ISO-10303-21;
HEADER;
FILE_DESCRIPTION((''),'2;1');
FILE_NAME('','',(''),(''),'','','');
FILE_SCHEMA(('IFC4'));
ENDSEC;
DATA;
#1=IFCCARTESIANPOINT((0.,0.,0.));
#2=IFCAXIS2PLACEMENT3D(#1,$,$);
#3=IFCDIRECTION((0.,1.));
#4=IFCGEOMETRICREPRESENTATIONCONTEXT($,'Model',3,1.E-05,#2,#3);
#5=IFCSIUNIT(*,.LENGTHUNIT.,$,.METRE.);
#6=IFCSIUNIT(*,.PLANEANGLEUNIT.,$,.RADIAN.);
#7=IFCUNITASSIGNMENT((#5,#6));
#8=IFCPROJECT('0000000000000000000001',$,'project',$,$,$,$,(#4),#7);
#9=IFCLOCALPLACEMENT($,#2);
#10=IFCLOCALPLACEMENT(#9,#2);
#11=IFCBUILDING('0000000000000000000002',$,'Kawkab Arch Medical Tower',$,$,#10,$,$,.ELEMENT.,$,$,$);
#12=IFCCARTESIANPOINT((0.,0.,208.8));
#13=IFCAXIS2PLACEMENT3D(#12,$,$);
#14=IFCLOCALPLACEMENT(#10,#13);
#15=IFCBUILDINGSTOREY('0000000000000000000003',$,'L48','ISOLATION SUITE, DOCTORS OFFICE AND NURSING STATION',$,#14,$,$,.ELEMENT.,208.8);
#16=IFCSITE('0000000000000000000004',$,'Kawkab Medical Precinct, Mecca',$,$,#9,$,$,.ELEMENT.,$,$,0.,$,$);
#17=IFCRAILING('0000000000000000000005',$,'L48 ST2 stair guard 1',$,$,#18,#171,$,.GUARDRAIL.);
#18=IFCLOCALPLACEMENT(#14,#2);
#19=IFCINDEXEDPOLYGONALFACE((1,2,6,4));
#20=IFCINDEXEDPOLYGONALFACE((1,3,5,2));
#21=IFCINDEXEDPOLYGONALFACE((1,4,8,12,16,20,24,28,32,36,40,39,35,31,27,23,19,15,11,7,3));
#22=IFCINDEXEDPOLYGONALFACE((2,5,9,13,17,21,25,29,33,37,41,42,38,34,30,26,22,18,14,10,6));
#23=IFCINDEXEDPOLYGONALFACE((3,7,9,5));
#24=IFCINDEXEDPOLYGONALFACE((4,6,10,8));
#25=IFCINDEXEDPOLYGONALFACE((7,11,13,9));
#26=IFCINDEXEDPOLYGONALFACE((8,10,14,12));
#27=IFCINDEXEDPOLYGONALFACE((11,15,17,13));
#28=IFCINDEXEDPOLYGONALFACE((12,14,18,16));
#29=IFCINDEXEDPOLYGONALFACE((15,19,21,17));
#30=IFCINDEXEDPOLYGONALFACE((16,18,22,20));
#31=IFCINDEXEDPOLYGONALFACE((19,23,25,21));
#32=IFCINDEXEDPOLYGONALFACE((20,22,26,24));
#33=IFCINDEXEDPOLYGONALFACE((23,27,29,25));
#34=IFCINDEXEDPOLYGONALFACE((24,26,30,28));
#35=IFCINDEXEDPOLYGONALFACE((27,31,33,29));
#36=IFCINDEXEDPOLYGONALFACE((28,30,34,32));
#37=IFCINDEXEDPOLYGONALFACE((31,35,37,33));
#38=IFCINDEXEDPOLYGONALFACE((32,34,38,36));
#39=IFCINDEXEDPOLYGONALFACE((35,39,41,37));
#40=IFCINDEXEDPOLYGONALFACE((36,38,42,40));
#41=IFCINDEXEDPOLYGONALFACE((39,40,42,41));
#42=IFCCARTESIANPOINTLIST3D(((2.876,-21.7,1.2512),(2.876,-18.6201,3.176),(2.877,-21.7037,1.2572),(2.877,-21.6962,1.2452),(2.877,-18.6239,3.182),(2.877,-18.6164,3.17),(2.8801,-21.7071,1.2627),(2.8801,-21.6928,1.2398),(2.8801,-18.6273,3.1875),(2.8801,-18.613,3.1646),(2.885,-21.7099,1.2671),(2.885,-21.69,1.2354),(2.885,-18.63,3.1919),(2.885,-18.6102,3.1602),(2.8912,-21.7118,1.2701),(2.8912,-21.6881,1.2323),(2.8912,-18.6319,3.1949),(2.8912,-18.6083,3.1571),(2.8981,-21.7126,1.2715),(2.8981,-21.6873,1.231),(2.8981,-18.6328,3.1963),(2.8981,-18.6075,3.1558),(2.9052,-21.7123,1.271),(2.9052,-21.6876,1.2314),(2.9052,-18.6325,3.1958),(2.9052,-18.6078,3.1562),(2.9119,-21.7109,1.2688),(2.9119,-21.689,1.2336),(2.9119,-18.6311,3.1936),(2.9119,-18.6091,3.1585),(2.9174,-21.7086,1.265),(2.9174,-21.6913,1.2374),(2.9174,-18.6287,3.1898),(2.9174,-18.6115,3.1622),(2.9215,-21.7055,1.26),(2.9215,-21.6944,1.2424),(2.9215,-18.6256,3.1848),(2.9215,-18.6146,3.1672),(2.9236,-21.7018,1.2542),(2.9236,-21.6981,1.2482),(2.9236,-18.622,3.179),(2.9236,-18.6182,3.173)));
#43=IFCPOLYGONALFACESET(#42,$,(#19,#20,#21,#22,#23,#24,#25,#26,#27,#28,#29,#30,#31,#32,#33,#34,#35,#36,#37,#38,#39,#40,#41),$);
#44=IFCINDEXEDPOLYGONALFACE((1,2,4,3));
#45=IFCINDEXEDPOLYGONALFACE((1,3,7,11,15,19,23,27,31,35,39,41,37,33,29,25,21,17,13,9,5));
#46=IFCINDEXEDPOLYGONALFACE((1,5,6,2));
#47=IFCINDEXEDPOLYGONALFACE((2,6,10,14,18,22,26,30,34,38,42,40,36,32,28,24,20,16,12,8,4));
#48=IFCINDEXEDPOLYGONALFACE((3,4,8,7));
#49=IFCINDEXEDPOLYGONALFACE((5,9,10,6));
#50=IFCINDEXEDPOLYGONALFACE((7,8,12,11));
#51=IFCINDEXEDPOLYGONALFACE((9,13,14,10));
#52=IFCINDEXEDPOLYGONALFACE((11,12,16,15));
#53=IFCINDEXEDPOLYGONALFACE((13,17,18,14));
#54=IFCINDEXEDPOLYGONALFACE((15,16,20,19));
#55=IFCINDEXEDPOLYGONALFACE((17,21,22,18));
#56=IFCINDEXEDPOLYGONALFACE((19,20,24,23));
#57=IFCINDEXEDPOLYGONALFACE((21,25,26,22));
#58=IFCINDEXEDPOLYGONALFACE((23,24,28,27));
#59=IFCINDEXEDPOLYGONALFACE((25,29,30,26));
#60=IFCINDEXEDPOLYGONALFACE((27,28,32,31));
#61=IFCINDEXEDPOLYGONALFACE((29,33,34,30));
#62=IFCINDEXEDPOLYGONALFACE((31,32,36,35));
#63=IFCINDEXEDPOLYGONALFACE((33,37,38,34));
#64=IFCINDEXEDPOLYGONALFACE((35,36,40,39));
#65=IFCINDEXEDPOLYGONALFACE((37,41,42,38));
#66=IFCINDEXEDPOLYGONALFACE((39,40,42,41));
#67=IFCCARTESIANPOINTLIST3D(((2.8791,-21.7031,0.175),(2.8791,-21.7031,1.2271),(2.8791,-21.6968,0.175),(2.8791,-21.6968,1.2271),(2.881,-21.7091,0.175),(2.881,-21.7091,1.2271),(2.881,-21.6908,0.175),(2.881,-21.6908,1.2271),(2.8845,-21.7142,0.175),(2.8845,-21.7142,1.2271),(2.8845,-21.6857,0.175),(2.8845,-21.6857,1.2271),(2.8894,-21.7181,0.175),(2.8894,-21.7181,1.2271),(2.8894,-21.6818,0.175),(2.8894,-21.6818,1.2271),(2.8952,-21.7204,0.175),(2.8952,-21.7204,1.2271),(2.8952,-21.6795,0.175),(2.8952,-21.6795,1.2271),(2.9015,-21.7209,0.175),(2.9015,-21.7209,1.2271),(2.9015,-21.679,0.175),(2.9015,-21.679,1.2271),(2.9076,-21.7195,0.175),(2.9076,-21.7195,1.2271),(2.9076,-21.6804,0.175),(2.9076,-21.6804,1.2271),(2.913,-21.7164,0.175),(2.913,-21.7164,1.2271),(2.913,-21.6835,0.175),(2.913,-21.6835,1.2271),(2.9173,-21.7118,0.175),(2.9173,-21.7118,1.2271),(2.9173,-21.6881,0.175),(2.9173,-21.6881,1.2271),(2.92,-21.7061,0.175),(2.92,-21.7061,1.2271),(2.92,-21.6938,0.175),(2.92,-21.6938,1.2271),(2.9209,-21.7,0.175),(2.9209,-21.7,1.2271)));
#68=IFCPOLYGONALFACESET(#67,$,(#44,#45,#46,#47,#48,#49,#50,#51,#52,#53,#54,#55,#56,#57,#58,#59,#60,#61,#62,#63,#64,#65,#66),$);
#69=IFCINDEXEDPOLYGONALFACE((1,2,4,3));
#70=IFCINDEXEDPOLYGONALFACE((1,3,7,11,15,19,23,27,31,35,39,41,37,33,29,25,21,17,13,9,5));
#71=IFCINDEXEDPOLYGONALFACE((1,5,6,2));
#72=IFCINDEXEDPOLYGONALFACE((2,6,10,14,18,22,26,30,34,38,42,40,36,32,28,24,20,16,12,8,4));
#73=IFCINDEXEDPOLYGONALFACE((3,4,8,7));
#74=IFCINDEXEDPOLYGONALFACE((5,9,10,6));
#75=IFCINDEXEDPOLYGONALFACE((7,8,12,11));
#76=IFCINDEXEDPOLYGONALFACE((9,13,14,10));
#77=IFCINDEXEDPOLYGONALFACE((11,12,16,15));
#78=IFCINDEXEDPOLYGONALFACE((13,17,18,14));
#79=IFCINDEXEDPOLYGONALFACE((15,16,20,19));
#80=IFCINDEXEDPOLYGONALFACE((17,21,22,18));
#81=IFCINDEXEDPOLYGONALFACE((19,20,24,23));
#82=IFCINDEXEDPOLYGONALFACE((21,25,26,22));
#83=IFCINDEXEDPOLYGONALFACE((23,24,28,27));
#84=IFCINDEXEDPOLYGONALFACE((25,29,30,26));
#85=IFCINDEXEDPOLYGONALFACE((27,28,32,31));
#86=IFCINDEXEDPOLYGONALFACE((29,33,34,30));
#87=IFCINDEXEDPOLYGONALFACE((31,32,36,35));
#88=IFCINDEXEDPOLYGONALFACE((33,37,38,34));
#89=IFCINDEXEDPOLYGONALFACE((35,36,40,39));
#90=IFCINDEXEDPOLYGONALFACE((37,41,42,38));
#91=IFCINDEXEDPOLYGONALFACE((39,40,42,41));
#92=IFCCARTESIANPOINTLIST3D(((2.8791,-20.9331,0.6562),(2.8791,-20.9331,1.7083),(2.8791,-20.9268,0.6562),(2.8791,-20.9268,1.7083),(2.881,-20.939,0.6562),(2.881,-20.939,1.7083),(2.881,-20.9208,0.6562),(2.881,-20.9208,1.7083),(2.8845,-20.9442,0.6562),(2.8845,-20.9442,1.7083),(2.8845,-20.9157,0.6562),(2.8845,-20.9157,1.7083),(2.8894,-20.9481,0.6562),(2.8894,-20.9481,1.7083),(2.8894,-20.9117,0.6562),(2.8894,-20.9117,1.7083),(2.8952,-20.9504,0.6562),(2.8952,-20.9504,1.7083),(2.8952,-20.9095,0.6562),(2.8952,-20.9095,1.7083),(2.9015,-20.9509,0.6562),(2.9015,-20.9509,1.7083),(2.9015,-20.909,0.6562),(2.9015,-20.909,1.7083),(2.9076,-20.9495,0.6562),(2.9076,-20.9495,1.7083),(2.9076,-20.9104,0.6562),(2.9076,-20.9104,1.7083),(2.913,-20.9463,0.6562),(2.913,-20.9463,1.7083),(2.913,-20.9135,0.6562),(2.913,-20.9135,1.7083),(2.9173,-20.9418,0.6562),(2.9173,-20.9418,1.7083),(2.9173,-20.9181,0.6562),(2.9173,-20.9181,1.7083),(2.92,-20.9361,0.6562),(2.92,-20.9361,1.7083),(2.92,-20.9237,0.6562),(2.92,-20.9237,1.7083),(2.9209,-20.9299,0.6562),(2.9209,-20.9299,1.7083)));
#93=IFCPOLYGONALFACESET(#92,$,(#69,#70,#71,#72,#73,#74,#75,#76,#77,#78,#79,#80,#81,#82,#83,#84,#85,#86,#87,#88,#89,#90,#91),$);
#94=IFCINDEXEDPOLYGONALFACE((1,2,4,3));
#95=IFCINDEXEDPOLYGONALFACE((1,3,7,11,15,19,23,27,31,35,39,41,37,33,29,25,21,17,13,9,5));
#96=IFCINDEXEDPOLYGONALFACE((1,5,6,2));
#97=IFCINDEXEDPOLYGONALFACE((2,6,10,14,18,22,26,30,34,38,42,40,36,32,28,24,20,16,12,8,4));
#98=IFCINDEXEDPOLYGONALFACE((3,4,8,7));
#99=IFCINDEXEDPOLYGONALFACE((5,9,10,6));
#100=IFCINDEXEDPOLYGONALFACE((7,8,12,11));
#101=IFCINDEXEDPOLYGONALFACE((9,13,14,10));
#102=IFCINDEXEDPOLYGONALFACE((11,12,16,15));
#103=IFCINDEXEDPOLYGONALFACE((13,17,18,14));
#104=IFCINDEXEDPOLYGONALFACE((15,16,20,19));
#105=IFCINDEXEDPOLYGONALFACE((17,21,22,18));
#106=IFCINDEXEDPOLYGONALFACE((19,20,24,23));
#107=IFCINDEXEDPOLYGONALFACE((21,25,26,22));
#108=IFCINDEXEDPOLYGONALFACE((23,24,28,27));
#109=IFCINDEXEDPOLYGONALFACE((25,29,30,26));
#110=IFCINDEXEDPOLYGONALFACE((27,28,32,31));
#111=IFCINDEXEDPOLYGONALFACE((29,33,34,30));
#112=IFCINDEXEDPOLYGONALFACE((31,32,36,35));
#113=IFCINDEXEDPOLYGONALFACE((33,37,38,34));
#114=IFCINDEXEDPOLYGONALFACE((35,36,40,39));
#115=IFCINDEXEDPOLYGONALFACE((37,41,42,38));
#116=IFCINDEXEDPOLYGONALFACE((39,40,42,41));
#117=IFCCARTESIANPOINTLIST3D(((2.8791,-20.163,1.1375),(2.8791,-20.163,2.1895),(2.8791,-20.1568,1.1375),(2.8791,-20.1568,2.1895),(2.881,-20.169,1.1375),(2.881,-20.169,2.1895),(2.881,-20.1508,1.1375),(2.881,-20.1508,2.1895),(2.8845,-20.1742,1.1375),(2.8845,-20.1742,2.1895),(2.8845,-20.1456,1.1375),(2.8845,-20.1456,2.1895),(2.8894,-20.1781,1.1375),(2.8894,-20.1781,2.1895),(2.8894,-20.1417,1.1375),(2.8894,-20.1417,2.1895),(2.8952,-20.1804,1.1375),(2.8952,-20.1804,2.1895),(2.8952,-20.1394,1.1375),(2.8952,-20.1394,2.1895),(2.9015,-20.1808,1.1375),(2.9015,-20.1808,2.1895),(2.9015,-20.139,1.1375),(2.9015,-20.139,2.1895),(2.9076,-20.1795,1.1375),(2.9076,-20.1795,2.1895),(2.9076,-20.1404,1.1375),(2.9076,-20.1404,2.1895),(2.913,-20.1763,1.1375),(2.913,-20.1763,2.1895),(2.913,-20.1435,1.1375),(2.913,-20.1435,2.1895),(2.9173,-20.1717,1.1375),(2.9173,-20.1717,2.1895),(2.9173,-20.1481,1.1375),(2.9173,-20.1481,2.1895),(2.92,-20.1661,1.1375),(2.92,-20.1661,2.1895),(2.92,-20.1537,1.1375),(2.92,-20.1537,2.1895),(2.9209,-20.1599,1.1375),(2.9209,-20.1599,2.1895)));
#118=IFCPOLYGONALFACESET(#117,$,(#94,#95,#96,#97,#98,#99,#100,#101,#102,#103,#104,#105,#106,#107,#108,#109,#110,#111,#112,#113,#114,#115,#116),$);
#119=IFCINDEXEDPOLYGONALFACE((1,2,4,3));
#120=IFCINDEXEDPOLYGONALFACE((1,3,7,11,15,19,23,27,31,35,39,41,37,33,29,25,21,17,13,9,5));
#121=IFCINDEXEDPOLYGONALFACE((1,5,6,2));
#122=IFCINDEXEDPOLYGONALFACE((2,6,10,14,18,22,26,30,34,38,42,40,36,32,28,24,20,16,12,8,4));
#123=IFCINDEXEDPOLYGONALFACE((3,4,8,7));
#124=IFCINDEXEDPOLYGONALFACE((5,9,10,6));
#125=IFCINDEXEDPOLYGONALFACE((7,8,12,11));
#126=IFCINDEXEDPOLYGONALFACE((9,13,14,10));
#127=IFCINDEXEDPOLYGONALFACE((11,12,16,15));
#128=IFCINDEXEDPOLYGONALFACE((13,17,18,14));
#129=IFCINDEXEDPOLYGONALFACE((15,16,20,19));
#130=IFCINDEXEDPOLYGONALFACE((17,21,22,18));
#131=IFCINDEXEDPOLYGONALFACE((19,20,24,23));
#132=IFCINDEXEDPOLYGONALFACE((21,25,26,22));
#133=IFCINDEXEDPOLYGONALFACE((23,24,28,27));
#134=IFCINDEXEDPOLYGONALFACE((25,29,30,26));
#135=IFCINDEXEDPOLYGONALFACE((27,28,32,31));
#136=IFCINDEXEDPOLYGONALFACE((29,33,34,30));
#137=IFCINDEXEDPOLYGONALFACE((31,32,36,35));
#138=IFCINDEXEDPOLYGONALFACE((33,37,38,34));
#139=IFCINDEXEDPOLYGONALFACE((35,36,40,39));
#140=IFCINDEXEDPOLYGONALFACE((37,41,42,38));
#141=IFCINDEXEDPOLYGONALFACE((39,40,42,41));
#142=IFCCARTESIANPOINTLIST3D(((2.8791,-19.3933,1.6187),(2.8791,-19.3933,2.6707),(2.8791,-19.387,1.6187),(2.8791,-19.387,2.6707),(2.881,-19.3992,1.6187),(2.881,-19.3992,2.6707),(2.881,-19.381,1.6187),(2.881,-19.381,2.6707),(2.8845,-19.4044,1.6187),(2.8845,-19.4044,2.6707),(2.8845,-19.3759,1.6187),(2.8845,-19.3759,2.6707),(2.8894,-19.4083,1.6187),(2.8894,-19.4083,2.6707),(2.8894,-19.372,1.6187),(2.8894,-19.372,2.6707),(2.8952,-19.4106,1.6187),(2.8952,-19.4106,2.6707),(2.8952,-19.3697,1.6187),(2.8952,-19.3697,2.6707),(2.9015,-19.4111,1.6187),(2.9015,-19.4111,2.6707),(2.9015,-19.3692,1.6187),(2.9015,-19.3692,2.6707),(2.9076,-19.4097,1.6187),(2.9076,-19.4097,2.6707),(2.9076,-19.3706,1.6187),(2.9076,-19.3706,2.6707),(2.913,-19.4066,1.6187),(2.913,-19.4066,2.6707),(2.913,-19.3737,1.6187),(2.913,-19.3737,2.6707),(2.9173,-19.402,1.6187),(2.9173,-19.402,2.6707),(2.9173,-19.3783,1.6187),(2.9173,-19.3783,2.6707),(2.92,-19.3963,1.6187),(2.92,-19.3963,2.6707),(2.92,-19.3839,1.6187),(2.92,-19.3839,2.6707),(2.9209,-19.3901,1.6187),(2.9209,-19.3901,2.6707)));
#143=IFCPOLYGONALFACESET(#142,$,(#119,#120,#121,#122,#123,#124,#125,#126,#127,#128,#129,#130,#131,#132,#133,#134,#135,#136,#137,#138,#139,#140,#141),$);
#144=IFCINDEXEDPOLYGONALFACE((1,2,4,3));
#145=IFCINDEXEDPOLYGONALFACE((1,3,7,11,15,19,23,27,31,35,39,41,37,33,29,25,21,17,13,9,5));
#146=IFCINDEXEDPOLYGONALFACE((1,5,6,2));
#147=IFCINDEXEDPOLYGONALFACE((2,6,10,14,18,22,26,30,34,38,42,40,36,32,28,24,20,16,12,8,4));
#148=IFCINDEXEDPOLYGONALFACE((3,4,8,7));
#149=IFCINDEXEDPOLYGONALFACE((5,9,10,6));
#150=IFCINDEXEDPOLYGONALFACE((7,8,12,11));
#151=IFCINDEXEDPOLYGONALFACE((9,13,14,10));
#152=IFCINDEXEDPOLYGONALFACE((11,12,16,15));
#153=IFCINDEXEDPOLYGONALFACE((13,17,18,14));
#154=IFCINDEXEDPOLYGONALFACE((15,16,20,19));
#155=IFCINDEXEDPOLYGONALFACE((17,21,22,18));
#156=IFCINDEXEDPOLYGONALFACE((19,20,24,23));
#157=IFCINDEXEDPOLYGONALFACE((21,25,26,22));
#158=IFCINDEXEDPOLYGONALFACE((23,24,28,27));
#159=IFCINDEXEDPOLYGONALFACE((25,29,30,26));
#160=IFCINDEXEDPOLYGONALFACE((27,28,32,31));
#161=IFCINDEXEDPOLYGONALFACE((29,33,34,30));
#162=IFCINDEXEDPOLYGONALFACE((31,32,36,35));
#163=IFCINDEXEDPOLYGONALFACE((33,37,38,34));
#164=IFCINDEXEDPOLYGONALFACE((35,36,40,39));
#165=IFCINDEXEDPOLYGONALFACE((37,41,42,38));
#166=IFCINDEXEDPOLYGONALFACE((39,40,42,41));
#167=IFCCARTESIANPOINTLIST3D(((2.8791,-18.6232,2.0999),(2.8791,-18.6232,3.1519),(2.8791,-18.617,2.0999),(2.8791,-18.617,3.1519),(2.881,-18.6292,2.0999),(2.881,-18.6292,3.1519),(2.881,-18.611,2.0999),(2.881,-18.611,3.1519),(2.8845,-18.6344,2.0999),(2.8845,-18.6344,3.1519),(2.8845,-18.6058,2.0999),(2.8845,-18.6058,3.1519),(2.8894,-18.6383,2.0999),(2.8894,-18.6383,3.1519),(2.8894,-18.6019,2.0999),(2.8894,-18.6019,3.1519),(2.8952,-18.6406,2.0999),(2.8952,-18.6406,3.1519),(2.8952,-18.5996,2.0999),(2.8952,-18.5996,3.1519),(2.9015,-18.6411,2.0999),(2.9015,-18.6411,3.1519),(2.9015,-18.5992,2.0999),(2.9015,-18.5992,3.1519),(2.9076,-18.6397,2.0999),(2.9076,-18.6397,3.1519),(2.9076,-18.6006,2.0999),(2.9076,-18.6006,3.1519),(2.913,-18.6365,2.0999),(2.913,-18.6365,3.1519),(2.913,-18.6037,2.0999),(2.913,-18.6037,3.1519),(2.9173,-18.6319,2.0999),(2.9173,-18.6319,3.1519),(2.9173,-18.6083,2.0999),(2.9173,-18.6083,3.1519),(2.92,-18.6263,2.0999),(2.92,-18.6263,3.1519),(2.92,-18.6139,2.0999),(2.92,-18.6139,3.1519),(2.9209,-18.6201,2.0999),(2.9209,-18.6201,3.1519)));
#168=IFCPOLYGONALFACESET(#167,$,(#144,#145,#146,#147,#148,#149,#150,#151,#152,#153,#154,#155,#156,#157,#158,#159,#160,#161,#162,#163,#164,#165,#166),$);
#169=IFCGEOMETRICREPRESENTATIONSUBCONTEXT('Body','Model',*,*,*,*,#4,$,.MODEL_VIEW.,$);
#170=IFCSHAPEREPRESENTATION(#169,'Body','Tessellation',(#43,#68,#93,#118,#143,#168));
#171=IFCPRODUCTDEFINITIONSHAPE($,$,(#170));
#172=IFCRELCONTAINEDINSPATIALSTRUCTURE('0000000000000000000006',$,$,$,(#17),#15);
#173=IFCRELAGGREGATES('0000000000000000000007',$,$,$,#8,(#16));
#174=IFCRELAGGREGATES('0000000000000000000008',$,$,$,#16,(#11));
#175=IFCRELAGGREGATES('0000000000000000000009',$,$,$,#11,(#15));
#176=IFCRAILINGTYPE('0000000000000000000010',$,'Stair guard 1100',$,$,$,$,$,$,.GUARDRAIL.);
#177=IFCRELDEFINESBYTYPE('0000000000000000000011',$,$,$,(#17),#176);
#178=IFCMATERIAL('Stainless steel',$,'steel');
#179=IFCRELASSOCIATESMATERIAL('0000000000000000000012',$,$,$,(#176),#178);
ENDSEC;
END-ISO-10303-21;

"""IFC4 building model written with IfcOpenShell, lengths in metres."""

from ifc_helpers import new_model, si_unit, direction, frame, origin, origin_2d, place, context, subcontext, project, spatial, circle, extrude, material, type_object, element, save


model = new_model("IFC4")

# Units and contexts
model_context = context("Model", 3, precision=1e-05, world=origin(), true_north=direction((0.0, 1.0)))
body_context = subcontext(model_context, "Body", "Model", "MODEL_VIEW")
ifc_project = project(units=[si_unit("LENGTHUNIT", "METRE"), si_unit("PLANEANGLEUNIT", "RADIAN")], contexts=[model_context])

# Site, building, storey
site_placement = place(None, origin())
site = spatial("IfcSite", under=ifc_project, at=site_placement, Name="Kawkab Medical Precinct, Mecca", CompositionType="ELEMENT", RefElevation=0.0)
building_placement = place(site_placement, origin())
building = spatial("IfcBuilding", under=site, at=building_placement, Name="Kawkab Arch Medical Tower", CompositionType="ELEMENT")
storey_placement = place(building_placement, frame((0.0, 0.0, 208.8)))
storey = spatial("IfcBuildingStorey", under=building, at=storey_placement, Name="L48", Description="ISOLATION SUITE, DOCTORS OFFICE AND NURSING STATION", CompositionType="ELEMENT", Elevation=208.8)

# Railing
ifc_material_1 = material(Name="Stainless steel", Category="steel")
railing_type = type_object("IfcRailingType", Name="Stair guard 1100", PredefinedType="GUARDRAIL", material=ifc_material_1)
railing_1_placement = place(storey_placement, frame((2.8999, -21.7, 0.175)))
element("IfcRailing", 1, at=railing_1_placement, inside=storey, type_object=railing_type, Name="L48 ST2 stair guard 1", PredefinedType="GUARDRAIL", context=body_context, shape_type="SweptSolid", body=[
    extrude(circle(Radius=0.0239, at=origin_2d()), frame((0.0, 0.0, 1.0762), z_axis=(0.0, 0.84801, 0.529981), x_axis=(-1.0, 0.0, 0.0)), (0.0, 0.0, 1.0), 3.6318),
    extrude(circle(Radius=0.021, at=origin_2d()), origin(), (0.0, 0.0, 1.0), 1.052),
    extrude(circle(Radius=0.021, at=origin_2d()), frame((0.0, 0.77, 0.4812)), (0.0, 0.0, 1.0), 1.052),
    extrude(circle(Radius=0.021, at=origin_2d()), frame((0.0, 1.54, 0.9624)), (0.0, 0.0, 1.0), 1.052),
    extrude(circle(Radius=0.021, at=origin_2d()), frame((0.0, 2.3098, 1.4436)), (0.0, 0.0, 1.0), 1.052),
    extrude(circle(Radius=0.021, at=origin_2d()), frame((0.0, 3.0798, 1.9248)), (0.0, 0.0, 1.0), 1.052),
])

save(model, "model.ifc")
